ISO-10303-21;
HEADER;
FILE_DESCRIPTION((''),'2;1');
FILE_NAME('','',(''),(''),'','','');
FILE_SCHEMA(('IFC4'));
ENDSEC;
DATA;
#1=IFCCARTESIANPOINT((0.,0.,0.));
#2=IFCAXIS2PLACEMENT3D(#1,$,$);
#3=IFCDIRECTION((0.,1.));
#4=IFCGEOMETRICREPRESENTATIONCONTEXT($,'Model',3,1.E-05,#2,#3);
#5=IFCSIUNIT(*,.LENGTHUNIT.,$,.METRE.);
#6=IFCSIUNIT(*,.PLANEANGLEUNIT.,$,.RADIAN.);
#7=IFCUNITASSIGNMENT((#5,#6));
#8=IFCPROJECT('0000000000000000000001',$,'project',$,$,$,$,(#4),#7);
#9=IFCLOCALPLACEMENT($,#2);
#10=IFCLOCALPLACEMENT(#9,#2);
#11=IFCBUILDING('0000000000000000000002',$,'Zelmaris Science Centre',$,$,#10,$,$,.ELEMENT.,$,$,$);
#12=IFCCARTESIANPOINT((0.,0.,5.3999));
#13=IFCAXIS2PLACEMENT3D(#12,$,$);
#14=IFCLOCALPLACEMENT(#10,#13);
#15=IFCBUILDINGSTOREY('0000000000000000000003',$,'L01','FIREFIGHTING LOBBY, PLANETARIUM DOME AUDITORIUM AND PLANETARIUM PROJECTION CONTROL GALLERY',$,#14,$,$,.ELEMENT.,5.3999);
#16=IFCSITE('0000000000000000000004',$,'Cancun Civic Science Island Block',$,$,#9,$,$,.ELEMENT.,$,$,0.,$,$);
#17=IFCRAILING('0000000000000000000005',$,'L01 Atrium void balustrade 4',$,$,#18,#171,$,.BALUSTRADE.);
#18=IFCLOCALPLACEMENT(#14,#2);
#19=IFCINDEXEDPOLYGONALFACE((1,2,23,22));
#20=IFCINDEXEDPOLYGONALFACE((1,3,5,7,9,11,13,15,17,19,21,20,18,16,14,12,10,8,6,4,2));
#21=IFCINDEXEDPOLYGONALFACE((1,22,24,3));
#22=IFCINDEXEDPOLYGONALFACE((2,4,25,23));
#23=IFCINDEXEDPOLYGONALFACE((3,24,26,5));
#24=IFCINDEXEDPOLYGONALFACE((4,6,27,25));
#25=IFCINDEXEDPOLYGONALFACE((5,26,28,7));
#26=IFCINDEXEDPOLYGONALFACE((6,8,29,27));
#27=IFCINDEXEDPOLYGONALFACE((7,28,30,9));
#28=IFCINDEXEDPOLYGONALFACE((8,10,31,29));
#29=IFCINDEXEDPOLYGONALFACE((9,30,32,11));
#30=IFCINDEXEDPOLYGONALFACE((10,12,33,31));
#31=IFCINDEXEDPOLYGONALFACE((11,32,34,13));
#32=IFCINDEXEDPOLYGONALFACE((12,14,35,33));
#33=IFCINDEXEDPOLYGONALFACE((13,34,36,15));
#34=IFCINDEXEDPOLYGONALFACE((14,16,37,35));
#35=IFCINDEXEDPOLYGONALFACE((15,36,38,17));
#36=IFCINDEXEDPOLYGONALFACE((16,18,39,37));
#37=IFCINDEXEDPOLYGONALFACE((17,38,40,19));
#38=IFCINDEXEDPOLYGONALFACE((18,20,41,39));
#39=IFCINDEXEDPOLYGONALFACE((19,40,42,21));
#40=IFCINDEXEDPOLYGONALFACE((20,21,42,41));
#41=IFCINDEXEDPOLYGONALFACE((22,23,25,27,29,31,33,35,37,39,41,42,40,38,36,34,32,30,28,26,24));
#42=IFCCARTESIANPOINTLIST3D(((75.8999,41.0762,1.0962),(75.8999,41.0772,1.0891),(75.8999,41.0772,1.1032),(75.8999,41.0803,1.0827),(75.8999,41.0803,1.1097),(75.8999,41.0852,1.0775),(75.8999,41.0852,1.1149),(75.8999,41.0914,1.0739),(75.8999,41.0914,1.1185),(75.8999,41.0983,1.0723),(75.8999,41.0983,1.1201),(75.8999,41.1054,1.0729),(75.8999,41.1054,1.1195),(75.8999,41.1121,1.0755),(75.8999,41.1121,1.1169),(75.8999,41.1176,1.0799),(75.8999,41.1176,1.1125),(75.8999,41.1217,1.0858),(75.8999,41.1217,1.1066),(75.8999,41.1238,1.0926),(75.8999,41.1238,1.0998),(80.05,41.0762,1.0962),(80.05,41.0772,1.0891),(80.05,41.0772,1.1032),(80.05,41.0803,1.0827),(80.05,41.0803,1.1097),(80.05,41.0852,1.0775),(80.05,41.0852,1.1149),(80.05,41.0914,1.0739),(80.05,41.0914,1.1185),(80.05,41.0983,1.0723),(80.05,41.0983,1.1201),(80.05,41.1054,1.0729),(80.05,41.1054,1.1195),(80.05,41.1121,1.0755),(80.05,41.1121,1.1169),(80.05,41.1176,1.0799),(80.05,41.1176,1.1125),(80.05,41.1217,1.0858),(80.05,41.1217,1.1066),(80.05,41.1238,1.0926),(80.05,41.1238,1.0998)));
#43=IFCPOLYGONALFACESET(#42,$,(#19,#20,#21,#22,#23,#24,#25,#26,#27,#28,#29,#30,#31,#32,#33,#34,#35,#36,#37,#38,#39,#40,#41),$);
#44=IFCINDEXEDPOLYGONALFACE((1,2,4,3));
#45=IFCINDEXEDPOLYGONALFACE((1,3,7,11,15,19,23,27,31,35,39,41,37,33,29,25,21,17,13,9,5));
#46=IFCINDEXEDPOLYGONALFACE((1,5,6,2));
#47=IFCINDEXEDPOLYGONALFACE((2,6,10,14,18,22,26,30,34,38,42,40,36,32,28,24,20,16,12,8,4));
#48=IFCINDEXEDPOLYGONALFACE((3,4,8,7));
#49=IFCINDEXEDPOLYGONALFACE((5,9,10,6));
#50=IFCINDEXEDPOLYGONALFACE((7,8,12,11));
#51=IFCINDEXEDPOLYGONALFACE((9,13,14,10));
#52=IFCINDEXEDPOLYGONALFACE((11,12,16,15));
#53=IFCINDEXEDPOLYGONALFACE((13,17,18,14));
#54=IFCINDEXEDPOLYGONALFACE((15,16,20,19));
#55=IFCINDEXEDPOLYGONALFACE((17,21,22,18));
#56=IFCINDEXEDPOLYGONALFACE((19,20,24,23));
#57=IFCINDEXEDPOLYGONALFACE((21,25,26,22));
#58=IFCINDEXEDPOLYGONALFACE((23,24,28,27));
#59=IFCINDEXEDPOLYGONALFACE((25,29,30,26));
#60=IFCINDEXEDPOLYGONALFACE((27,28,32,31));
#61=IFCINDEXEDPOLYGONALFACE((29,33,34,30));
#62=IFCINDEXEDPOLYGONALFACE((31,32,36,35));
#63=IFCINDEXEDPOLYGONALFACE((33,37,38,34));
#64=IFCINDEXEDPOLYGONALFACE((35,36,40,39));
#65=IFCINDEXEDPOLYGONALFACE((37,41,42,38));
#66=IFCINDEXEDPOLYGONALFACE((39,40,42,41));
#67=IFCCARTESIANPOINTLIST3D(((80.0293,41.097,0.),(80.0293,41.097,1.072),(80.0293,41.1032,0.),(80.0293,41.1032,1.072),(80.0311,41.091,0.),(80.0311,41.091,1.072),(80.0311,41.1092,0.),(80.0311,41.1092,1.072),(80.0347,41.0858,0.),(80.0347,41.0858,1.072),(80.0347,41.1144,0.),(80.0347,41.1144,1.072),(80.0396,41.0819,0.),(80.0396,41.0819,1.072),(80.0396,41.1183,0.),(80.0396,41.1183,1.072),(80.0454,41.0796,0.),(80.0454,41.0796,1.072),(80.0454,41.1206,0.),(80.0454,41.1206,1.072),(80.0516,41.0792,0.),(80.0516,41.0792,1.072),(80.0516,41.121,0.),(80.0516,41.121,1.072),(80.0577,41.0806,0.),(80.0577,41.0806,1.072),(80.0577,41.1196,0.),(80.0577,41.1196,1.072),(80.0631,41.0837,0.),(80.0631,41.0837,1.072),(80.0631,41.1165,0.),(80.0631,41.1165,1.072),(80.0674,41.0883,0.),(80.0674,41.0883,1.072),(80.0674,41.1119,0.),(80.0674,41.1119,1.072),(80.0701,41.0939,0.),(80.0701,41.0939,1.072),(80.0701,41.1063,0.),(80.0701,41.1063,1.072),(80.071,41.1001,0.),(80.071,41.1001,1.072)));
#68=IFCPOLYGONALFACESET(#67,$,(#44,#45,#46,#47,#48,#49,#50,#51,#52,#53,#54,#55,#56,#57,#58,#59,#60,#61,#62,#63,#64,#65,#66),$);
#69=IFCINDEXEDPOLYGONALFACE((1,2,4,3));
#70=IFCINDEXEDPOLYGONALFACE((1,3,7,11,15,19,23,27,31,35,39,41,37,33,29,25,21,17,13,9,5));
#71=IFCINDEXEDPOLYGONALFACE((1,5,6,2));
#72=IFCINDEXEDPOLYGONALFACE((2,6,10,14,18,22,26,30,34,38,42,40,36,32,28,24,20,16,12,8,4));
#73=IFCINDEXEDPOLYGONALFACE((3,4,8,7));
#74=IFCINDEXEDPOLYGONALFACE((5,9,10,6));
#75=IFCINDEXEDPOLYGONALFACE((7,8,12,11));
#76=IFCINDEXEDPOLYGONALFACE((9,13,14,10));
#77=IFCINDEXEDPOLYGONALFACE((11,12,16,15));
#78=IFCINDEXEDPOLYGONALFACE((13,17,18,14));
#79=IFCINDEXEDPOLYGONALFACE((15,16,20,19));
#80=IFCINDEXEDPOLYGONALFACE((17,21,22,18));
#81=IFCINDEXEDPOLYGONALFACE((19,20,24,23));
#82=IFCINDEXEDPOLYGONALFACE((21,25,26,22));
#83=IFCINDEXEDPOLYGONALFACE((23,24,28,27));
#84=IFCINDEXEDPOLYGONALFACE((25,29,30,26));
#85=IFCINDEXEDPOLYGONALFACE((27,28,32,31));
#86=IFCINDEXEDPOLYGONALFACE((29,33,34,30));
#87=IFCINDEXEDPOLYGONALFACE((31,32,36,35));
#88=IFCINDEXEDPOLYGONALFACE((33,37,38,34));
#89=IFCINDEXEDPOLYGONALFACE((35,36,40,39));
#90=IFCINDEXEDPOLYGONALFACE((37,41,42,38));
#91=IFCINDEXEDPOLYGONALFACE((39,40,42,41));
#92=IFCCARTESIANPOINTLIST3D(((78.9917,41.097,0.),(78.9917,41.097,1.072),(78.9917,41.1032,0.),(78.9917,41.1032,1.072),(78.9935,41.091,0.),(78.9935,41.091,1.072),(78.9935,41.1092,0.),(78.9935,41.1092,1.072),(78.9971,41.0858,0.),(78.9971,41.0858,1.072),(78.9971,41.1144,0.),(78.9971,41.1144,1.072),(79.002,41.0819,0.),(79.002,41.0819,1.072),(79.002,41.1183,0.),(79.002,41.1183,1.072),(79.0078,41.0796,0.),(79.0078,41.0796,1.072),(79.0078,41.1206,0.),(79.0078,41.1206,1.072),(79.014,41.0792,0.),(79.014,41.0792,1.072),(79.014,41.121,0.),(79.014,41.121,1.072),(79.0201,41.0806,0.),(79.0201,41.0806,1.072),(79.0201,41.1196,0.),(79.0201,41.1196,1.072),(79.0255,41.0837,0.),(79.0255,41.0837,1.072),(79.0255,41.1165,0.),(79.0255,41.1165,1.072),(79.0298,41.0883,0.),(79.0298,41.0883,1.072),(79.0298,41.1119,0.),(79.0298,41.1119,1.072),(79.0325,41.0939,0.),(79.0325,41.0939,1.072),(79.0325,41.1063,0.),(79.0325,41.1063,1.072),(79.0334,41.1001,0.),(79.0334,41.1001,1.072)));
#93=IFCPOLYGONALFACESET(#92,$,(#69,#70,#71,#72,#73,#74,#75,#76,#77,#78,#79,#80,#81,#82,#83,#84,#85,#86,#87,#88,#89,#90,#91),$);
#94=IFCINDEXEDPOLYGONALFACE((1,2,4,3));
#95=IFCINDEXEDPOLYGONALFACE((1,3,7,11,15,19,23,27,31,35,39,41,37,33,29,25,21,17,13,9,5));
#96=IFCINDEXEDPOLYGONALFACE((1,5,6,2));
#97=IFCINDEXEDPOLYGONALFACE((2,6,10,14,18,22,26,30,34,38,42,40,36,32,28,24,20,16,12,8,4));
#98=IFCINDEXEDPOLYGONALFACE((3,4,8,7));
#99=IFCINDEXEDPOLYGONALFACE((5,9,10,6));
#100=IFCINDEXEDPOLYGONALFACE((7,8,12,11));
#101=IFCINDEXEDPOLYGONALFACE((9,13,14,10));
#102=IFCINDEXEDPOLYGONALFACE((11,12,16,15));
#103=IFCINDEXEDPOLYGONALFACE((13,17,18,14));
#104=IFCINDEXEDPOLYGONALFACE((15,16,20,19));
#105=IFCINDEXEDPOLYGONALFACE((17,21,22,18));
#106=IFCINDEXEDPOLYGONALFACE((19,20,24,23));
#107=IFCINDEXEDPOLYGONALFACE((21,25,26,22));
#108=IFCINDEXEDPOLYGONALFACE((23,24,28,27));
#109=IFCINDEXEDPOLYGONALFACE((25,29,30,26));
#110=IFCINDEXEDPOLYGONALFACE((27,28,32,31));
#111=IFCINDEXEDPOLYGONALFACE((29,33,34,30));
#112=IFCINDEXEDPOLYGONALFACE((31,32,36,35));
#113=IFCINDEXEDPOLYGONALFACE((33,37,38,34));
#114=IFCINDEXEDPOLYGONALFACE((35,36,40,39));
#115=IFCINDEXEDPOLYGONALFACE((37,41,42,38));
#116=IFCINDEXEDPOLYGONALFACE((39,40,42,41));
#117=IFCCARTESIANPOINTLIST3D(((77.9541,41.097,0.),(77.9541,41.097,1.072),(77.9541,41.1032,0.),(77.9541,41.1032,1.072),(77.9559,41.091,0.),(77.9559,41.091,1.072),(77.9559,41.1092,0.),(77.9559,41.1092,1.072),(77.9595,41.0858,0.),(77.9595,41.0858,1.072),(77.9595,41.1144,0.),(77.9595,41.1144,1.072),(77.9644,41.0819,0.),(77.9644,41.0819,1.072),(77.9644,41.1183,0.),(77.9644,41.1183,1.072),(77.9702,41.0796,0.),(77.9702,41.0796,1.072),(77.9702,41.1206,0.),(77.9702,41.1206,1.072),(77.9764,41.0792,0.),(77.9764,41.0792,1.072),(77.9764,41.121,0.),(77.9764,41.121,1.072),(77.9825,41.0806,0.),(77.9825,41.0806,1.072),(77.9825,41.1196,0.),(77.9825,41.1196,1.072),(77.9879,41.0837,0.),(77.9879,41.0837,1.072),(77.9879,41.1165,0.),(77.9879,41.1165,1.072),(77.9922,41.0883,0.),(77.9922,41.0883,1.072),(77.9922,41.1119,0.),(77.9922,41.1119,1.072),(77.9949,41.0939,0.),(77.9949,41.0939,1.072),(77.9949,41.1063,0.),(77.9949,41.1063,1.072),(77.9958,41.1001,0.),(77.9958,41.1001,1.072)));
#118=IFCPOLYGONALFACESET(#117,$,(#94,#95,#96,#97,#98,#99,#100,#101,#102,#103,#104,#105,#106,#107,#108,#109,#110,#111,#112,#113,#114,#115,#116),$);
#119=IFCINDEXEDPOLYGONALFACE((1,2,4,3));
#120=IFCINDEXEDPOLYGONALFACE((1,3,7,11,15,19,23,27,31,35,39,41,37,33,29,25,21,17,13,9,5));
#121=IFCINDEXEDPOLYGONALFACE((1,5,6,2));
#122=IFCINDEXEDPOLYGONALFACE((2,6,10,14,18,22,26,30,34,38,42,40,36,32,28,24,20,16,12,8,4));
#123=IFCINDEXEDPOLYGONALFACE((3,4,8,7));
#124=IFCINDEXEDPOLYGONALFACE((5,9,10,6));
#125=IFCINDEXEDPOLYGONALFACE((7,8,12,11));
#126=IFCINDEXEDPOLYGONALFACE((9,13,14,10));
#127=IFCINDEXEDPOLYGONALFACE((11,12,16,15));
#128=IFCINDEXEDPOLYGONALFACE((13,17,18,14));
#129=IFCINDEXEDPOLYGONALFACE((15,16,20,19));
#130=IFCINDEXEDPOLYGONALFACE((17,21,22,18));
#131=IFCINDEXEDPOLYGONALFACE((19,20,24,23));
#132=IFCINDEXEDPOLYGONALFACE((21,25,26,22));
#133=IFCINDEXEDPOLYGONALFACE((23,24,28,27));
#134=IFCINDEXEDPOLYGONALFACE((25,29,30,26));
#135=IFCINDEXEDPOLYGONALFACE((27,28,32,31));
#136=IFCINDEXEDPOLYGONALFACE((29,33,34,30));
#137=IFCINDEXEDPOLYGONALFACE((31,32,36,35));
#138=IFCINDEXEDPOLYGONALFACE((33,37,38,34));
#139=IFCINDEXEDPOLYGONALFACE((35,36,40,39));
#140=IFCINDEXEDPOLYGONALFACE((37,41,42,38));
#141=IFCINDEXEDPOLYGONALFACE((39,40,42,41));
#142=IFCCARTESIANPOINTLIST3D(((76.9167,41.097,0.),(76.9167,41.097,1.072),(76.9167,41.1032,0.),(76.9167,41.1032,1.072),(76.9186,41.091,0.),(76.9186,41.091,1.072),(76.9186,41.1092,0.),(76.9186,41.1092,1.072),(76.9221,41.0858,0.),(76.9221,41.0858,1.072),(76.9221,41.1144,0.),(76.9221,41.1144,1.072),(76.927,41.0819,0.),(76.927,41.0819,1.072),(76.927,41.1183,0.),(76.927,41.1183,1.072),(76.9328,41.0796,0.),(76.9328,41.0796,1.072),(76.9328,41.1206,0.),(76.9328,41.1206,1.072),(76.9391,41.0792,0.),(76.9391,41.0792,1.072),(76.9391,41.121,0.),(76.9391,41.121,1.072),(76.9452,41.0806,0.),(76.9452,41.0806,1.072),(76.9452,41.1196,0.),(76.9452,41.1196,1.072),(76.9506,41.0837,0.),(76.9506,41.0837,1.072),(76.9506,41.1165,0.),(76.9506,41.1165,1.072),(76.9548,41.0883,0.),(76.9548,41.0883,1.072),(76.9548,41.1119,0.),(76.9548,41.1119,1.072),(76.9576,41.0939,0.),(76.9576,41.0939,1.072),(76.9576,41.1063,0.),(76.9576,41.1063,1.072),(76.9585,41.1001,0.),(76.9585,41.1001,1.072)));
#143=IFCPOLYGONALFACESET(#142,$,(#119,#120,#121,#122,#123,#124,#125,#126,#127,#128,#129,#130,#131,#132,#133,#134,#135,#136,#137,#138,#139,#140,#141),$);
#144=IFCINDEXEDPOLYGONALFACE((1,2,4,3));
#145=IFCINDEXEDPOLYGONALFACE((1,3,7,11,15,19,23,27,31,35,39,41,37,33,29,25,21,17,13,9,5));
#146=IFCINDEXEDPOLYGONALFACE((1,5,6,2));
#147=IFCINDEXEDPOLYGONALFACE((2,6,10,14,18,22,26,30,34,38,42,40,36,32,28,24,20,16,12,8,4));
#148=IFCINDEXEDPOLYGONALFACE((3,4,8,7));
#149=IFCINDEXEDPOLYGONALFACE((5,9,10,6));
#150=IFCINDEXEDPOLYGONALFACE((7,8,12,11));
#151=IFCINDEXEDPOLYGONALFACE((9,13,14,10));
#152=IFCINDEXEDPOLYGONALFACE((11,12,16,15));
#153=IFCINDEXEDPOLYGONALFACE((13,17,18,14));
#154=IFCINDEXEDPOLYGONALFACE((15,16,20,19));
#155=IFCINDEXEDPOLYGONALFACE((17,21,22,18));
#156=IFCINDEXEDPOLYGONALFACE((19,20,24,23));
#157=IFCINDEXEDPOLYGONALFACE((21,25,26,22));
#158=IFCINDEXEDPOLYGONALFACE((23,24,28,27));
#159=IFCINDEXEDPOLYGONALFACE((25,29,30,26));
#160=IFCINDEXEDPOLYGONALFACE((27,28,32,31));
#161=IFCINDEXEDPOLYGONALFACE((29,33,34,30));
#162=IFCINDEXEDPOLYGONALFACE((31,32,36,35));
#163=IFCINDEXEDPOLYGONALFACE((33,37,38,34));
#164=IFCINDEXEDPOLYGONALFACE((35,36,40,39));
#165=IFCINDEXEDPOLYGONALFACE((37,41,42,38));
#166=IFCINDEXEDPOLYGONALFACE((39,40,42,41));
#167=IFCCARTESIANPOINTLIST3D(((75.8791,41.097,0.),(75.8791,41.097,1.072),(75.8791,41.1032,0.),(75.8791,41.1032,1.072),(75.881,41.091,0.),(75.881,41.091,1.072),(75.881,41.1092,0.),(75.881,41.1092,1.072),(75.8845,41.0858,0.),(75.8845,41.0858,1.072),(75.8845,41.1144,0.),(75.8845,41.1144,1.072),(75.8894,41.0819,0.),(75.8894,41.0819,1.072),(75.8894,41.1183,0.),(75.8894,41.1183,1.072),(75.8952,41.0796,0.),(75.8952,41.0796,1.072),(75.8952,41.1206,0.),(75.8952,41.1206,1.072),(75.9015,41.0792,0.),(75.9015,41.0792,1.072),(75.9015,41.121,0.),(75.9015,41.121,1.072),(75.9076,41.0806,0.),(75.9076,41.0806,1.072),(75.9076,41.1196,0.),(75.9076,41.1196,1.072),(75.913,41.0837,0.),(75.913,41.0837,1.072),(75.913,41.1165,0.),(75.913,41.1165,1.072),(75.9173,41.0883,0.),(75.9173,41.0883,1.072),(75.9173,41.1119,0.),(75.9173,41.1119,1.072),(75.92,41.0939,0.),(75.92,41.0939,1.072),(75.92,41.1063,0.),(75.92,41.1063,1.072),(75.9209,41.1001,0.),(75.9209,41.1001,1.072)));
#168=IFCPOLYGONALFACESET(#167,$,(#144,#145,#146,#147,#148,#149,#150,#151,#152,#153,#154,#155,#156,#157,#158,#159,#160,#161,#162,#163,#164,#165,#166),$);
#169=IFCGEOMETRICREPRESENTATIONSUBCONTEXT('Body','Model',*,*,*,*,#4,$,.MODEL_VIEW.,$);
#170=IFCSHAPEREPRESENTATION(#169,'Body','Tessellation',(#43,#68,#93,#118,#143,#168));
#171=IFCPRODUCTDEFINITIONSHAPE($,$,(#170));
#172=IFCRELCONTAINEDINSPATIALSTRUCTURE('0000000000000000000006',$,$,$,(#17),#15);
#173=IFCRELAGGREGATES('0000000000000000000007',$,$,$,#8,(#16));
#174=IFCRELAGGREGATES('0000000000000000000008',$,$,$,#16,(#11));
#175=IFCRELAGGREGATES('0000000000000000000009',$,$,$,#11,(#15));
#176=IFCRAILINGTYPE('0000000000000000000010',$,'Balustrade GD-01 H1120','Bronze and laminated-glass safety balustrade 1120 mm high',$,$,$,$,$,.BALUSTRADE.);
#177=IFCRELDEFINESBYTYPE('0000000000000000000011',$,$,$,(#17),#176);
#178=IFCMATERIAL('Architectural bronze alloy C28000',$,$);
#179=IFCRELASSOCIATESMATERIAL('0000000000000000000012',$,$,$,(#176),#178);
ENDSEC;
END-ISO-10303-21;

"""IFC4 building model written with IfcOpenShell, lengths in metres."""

from ifc_helpers import new_model, si_unit, direction, frame, origin, origin_2d, place, context, subcontext, project, spatial, circle, extrude, material, type_object, element, save


model = new_model("IFC4")

# Units and contexts
model_context = context("Model", 3, precision=1e-05, world=origin(), true_north=direction((0.0, 1.0)))
body_context = subcontext(model_context, "Body", "Model", "MODEL_VIEW")
ifc_project = project(units=[si_unit("LENGTHUNIT", "METRE"), si_unit("PLANEANGLEUNIT", "RADIAN")], contexts=[model_context])

# Site, building, storey
site_placement = place(None, origin())
site = spatial("IfcSite", under=ifc_project, at=site_placement, Name="Cancun Civic Science Island Block", CompositionType="ELEMENT", RefElevation=0.0)
building_placement = place(site_placement, origin())
building = spatial("IfcBuilding", under=site, at=building_placement, Name="Zelmaris Science Centre", CompositionType="ELEMENT")
storey_placement = place(building_placement, frame((0.0, 0.0, 5.3999)))
storey = spatial("IfcBuildingStorey", under=building, at=storey_placement, Name="L01", Description="FIREFIGHTING LOBBY, PLANETARIUM DOME AUDITORIUM AND PLANETARIUM PROJECTION CONTROL GALLERY", CompositionType="ELEMENT", Elevation=5.3999)

# Railing
ifc_material_1 = material(Name="Architectural bronze alloy C28000")
railing_type_1 = type_object("IfcRailingType", Name="Balustrade GD-01 H1120", Description="Bronze and laminated-glass safety balustrade 1120 mm high", PredefinedType="BALUSTRADE", material=ifc_material_1)
railing_1_placement = place(storey_placement, frame((80.05, 41.1001, 0.0)))
element("IfcRailing", 1, at=railing_1_placement, inside=storey, type_object=railing_type_1, Name="L01 Atrium void balustrade 4", PredefinedType="BALUSTRADE", context=body_context, shape_type="SweptSolid", body=[
    extrude(circle(Radius=0.0239, at=origin_2d()), frame((0.0, 0.0, 1.0962), z_axis=(-1.0, 0.0, 0.0), x_axis=(0.0, -1.0, 0.0)), (0.0, 0.0, 1.0), 4.1501),
    extrude(circle(Radius=0.021, at=origin_2d()), origin(), (0.0, 0.0, 1.0), 1.072),
    extrude(circle(Radius=0.021, at=origin_2d()), frame((-1.0376, 0.0, 0.0)), (0.0, 0.0, 1.0), 1.072),
    extrude(circle(Radius=0.021, at=origin_2d()), frame((-2.0752, 0.0, 0.0)), (0.0, 0.0, 1.0), 1.072),
    extrude(circle(Radius=0.021, at=origin_2d()), frame((-3.1125, 0.0, 0.0)), (0.0, 0.0, 1.0), 1.072),
    extrude(circle(Radius=0.021, at=origin_2d()), frame((-4.1501, 0.0, 0.0)), (0.0, 0.0, 1.0), 1.072),
])

save(model, "model.ifc")
